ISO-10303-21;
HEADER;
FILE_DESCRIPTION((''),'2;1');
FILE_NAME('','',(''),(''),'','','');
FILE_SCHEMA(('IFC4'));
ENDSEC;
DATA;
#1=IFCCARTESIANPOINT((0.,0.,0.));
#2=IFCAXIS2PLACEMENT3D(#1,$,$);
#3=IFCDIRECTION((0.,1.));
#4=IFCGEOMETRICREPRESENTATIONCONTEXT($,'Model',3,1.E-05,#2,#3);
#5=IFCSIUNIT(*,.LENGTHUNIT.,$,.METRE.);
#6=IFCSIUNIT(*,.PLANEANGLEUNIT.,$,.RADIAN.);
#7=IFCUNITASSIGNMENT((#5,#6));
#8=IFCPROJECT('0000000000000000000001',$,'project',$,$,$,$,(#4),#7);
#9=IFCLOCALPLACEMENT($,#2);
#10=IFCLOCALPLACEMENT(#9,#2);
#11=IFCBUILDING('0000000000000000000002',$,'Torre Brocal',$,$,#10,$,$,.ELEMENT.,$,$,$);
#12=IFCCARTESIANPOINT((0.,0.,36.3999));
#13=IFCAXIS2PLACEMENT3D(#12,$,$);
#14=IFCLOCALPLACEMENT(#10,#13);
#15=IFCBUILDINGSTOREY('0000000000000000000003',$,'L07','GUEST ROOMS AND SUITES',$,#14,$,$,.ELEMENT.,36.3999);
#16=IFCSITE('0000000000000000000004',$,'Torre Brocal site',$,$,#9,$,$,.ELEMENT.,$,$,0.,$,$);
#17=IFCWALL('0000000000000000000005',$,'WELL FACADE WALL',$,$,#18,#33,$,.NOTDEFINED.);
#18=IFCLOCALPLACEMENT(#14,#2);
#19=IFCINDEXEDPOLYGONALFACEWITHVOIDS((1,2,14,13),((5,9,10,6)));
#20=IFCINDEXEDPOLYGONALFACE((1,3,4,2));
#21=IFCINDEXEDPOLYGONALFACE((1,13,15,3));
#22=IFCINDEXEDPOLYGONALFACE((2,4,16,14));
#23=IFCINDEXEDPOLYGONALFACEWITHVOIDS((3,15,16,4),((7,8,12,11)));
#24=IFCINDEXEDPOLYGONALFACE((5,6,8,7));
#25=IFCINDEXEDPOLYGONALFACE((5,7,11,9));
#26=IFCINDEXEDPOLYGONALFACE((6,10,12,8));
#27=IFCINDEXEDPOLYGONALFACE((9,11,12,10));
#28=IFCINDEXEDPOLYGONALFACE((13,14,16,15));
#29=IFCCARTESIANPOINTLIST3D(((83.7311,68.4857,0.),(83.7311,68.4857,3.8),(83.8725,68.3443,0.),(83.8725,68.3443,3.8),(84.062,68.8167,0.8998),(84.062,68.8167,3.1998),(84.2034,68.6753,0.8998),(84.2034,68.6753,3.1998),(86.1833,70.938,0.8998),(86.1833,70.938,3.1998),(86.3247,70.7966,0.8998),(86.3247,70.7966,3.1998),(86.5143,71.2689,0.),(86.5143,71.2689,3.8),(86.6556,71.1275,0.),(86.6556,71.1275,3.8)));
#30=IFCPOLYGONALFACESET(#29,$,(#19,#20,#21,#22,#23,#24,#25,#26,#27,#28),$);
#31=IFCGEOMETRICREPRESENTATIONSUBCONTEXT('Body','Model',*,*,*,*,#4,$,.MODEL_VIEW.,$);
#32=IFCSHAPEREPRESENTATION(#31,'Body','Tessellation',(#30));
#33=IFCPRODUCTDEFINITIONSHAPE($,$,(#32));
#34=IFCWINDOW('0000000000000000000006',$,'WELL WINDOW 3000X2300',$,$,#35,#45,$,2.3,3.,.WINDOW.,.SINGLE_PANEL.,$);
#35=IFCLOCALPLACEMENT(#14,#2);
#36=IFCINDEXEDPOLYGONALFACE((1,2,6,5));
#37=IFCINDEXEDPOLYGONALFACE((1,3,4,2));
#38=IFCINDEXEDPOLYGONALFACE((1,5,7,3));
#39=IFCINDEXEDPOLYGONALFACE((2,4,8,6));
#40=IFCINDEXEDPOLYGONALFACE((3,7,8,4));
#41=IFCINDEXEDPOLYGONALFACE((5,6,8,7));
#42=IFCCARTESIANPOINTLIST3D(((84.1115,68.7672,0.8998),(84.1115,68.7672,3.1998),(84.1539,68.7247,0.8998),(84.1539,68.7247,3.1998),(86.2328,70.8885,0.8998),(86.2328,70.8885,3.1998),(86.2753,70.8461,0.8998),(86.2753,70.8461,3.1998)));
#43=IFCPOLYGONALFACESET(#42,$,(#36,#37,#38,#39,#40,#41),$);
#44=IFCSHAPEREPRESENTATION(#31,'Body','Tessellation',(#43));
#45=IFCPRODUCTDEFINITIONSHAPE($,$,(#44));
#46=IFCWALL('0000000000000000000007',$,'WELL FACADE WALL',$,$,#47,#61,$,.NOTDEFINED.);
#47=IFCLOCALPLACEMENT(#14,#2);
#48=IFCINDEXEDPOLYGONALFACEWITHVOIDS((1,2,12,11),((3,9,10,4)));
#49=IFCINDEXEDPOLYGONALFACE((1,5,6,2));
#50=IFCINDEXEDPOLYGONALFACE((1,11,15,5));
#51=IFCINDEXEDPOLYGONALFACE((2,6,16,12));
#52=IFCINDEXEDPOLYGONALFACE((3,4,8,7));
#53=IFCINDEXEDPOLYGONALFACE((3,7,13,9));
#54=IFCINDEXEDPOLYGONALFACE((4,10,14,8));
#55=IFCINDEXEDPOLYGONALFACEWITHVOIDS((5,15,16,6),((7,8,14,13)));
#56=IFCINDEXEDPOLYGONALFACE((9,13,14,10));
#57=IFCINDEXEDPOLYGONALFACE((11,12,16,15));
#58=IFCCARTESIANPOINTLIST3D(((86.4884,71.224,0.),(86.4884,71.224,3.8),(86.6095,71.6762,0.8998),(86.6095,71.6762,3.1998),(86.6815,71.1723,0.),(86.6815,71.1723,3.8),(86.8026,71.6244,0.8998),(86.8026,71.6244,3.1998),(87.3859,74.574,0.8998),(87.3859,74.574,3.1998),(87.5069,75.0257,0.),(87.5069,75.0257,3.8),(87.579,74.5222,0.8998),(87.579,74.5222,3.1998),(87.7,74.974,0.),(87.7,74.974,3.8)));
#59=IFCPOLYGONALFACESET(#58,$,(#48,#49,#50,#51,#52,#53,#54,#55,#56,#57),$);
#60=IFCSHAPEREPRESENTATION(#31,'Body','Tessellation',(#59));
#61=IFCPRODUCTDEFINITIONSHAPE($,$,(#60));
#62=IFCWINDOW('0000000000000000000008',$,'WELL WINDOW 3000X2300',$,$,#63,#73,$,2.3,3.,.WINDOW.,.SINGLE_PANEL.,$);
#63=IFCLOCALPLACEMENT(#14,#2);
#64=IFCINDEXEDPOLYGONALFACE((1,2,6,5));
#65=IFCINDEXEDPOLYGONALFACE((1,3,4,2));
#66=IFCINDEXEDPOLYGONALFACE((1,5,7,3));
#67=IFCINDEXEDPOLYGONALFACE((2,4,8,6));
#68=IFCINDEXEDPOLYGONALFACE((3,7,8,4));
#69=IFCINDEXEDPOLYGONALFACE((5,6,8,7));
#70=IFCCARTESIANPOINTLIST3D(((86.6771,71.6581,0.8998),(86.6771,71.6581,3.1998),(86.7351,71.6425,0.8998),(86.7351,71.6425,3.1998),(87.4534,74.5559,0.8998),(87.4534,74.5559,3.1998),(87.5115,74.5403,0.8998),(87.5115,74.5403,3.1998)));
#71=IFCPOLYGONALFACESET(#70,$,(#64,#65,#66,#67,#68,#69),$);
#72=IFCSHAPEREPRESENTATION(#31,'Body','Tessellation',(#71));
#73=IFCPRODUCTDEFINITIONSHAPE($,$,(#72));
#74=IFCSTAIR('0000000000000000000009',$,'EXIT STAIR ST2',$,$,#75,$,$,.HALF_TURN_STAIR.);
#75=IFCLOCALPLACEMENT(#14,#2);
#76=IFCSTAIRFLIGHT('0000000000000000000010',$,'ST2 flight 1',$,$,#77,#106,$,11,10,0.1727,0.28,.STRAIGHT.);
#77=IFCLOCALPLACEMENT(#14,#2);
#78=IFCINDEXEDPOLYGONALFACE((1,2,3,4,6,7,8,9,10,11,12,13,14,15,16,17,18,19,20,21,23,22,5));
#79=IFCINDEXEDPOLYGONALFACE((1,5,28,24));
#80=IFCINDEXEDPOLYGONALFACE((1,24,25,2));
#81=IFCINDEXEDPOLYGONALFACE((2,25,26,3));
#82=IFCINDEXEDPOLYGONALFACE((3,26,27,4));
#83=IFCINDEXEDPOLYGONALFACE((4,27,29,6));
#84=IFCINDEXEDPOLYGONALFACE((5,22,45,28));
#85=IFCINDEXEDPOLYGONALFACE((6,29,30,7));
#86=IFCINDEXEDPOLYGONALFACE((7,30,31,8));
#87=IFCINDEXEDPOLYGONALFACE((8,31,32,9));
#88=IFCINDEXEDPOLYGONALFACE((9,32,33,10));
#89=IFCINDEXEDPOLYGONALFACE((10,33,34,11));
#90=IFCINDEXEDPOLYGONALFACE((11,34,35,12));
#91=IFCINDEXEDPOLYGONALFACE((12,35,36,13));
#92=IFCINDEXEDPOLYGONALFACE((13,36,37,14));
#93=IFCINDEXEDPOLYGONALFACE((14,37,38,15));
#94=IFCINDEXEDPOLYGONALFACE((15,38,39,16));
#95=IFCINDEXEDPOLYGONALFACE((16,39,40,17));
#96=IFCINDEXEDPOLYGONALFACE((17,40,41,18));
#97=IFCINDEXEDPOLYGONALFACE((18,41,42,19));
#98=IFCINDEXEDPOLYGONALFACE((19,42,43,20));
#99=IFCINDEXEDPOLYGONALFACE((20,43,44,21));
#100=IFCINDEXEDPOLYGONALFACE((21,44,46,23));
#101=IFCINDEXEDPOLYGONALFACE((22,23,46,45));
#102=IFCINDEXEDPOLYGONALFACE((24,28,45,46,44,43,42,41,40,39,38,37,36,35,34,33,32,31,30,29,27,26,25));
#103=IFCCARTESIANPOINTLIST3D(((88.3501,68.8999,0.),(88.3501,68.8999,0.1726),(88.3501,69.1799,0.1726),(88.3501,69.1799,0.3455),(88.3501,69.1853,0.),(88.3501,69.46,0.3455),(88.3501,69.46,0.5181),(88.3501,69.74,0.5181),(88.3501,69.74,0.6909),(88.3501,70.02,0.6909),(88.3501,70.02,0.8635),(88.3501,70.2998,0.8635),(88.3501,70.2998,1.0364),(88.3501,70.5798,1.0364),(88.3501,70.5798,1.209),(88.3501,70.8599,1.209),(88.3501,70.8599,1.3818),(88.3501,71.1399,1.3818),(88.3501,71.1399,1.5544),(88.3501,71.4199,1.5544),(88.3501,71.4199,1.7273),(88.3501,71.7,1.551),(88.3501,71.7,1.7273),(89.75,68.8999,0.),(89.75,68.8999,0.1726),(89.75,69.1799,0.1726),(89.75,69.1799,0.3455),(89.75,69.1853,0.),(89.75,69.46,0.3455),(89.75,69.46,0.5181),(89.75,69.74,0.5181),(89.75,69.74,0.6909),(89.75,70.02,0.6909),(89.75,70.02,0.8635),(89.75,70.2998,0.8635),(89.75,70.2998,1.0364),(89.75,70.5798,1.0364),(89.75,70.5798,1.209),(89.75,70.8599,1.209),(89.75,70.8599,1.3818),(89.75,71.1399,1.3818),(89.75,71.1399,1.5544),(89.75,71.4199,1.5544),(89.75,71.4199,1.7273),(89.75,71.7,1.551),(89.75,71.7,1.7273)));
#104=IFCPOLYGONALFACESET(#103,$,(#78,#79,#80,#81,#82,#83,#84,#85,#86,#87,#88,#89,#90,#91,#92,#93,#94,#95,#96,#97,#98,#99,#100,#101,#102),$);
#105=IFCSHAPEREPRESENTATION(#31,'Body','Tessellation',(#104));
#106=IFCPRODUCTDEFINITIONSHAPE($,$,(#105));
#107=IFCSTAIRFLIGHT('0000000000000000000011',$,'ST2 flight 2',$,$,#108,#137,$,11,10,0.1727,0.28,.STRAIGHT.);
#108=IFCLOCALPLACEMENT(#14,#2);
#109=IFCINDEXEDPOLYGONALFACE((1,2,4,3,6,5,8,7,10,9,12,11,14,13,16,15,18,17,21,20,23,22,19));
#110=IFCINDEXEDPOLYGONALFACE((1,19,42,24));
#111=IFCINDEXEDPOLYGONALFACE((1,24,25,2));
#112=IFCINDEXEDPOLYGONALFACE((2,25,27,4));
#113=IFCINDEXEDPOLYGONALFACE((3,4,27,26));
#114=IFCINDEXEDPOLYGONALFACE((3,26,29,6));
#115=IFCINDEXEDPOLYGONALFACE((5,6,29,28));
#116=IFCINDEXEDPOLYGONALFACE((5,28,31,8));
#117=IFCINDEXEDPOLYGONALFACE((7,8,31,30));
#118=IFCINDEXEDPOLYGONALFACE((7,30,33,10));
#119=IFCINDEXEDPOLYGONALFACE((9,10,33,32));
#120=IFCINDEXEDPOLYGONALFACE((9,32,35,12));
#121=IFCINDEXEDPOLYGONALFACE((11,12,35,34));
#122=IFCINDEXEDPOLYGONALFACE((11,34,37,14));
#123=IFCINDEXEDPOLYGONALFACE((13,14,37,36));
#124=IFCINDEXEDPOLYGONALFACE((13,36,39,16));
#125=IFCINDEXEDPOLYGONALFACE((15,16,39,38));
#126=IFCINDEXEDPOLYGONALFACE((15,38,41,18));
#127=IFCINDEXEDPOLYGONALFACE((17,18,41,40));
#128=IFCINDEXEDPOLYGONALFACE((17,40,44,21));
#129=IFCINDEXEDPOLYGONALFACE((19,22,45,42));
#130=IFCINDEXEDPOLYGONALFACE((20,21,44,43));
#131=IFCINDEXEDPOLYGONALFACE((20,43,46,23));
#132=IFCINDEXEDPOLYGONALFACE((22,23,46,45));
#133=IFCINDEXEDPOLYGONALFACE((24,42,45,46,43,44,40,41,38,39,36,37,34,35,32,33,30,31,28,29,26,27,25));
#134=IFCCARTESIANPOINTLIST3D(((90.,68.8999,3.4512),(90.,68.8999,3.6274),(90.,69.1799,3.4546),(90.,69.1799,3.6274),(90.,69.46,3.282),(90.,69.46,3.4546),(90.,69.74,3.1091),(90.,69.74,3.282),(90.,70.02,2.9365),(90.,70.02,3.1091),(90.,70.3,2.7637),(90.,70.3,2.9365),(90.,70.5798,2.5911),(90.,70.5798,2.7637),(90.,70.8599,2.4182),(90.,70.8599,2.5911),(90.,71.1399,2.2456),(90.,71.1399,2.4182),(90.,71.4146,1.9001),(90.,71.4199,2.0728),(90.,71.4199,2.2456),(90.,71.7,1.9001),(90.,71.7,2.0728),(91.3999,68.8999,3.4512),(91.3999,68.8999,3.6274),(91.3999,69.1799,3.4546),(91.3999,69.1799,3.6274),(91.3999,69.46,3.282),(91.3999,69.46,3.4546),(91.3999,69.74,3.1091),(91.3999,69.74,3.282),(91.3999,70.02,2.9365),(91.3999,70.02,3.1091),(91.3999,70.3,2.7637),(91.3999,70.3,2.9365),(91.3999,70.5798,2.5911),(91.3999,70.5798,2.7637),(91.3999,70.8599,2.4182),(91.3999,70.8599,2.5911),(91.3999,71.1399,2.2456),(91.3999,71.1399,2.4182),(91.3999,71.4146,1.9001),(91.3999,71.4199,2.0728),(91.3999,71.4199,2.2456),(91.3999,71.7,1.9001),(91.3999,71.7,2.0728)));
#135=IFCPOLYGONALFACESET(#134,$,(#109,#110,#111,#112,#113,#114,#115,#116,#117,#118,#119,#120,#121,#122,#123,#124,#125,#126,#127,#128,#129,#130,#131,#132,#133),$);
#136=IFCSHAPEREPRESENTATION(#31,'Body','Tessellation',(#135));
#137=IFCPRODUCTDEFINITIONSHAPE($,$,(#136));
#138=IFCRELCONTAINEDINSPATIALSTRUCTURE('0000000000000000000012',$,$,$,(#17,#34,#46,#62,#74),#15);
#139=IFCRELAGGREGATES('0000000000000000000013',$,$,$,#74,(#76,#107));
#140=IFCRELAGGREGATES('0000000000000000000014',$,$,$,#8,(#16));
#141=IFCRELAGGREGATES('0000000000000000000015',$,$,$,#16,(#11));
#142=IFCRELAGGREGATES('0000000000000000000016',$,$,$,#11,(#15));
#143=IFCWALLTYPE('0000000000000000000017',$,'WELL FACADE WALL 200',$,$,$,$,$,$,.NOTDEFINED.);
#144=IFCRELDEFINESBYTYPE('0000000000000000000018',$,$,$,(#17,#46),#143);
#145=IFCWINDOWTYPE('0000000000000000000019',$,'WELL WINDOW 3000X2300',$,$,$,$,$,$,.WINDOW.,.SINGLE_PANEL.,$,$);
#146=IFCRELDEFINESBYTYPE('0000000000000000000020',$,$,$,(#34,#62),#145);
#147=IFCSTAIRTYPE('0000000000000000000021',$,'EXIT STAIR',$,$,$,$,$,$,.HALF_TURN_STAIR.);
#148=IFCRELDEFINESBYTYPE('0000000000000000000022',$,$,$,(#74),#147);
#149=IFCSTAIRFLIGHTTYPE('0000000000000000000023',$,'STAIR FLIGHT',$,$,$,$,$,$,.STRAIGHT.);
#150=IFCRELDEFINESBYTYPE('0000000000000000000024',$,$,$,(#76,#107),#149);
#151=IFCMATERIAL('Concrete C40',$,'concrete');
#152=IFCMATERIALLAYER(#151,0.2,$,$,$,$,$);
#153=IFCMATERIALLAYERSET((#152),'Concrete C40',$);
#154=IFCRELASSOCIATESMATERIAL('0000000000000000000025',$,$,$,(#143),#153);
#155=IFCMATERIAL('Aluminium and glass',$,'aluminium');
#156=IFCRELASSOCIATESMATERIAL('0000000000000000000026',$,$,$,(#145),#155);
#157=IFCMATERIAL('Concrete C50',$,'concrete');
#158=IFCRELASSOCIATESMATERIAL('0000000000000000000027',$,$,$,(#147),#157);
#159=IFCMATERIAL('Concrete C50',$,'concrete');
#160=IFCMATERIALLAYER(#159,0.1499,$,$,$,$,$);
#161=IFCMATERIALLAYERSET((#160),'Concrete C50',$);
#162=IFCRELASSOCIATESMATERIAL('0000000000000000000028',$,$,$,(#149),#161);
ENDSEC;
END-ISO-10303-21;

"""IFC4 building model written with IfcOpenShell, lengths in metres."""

from ifc_helpers import new_model, si_unit, direction, frame, frame_2d, origin, place, context, subcontext, project, spatial, polyline, rectangle, outline, extrude, material, layer, layer_set, type_object, element, fill, aggregate, save


model = new_model("IFC4")

# Units and contexts
model_context = context("Model", 3, precision=1e-05, world=origin(), true_north=direction((0.0, 1.0)))
body_context = subcontext(model_context, "Body", "Model", "MODEL_VIEW")
ifc_project = project(units=[si_unit("LENGTHUNIT", "METRE"), si_unit("PLANEANGLEUNIT", "RADIAN")], contexts=[model_context])

# Site, building, storey
site_placement = place(None, origin())
site = spatial("IfcSite", under=ifc_project, at=site_placement, Name="Torre Brocal site", CompositionType="ELEMENT", RefElevation=0.0)
building_placement = place(site_placement, origin())
building = spatial("IfcBuilding", under=site, at=building_placement, Name="Torre Brocal", CompositionType="ELEMENT")
storey_placement = place(building_placement, frame((0.0, 0.0, 36.3999)))
storey = spatial("IfcBuildingStorey", under=building, at=storey_placement, Name="L07", Description="GUEST ROOMS AND SUITES", CompositionType="ELEMENT", Elevation=36.3999)

# Walls, openings, windows
ifc_material_1 = material(Name="Concrete C40", Category="concrete")
ifc_layer_1 = layer(ifc_material_1, 0.2)
ifc_layer_set_1 = layer_set([ifc_layer_1], Name="Concrete C40")
wall_type_1 = type_object("IfcWallType", Name="WELL FACADE WALL 200", PredefinedType="NOTDEFINED", material=ifc_layer_set_1)
ifc_material_2 = material(Name="Aluminium and glass", Category="aluminium")
window_type = type_object("IfcWindowType", Name="WELL WINDOW 3000X2300", PartitioningType="SINGLE_PANEL", PredefinedType="WINDOW", material=ifc_material_2)
wall_1_placement = place(storey_placement, frame((83.8018, 68.415, 0.0), z_axis=(0.0, 0.0, 1.0), x_axis=(0.707107, 0.707107, 0.0)))
wall_1 = element("IfcWall", 1, at=wall_1_placement, inside=storey, type_object=wall_type_1, Name="WELL FACADE WALL", PredefinedType="NOTDEFINED", context=body_context, shape_type="SweptSolid", body=[
    extrude(rectangle(XDim=3.936, YDim=0.2, at=frame_2d((1.968, 0.0))), origin(), (0.0, 0.0, 1.0), 3.8),
])
opening_1_placement = place(wall_1_placement, frame((0.468, 0.0, 0.8999)))
opening_1 = element("IfcOpeningElement", 2, at=opening_1_placement, cuts=wall_1, PredefinedType="OPENING", context=body_context, shape_type="SweptSolid", body=[
    extrude(rectangle(XDim=3.0, YDim=2.3, at=frame_2d((1.5, 1.1499))), frame((0.0, 0.1099, 0.0), z_axis=(0.0, -1.0, 0.0), x_axis=(1.0, 0.0, 0.0)), (0.0, 0.0, 1.0), 0.22),
])
window_1_placement = place(opening_1_placement, origin())
window_1 = element("IfcWindow", 3, at=window_1_placement, inside=storey, type_object=window_type, Name="WELL WINDOW 3000X2300", OverallHeight=2.3, OverallWidth=3.0, PartitioningType="SINGLE_PANEL", PredefinedType="WINDOW", context=body_context, shape_type="SweptSolid", body=[
    extrude(rectangle(XDim=3.0, YDim=2.3, at=frame_2d((1.5, 1.1499))), frame((0.0, 0.03, 0.0), z_axis=(0.0, -1.0, 0.0), x_axis=(1.0, 0.0, 0.0)), (0.0, 0.0, 1.0), 0.0601),
])
fill(opening_1, window_1)
wall_2_placement = place(storey_placement, frame((86.585, 71.1982, 0.0), z_axis=(0.0, 0.0, 1.0), x_axis=(0.25879, 0.965934, 0.0)))
wall_2 = element("IfcWall", 4, at=wall_2_placement, inside=storey, type_object=wall_type_1, Name="WELL FACADE WALL", PredefinedType="NOTDEFINED", context=body_context, shape_type="SweptSolid", body=[
    extrude(rectangle(XDim=3.9358, YDim=0.2, at=frame_2d((1.9678, 0.0))), origin(), (0.0, 0.0, 1.0), 3.8),
])
opening_2_placement = place(wall_2_placement, frame((0.468, 0.0, 0.8999)))
opening_2 = element("IfcOpeningElement", 5, at=opening_2_placement, cuts=wall_2, PredefinedType="OPENING", context=body_context, shape_type="SweptSolid", body=[
    extrude(rectangle(XDim=3.0, YDim=2.3, at=frame_2d((1.5, 1.1499))), frame((0.0, 0.1099, 0.0), z_axis=(0.0, -1.0, 0.0), x_axis=(1.0, 0.0, 0.0)), (0.0, 0.0, 1.0), 0.22),
])
window_2_placement = place(opening_2_placement, origin())
window_2 = element("IfcWindow", 6, at=window_2_placement, inside=storey, type_object=window_type, Name="WELL WINDOW 3000X2300", OverallHeight=2.3, OverallWidth=3.0, PartitioningType="SINGLE_PANEL", PredefinedType="WINDOW", context=body_context, shape_type="SweptSolid", body=[
    extrude(rectangle(XDim=3.0, YDim=2.3, at=frame_2d((1.5, 1.1499))), frame((0.0, 0.03, 0.0), z_axis=(0.0, -1.0, 0.0), x_axis=(1.0, 0.0, 0.0)), (0.0, 0.0, 1.0), 0.0601),
])
fill(opening_2, window_2)

# Stair, stair flights
ifc_material_3 = material(Name="Concrete C50", Category="concrete")
stair_type = type_object("IfcStairType", Name="EXIT STAIR", PredefinedType="HALF_TURN_STAIR", material=ifc_material_3)
stair_placement = place(storey_placement, origin())
stair = element("IfcStair", 7, at=stair_placement, inside=storey, type_object=stair_type, Name="EXIT STAIR ST2", PredefinedType="HALF_TURN_STAIR")
ifc_material_4 = material(Name="Concrete C50", Category="concrete")
ifc_layer_2 = layer(ifc_material_4, 0.1499)
ifc_layer_set_2 = layer_set([ifc_layer_2], Name="Concrete C50")
stair_flight_type = type_object("IfcStairFlightType", Name="STAIR FLIGHT", PredefinedType="STRAIGHT", material=ifc_layer_set_2)
stair_flight_1_placement = place(storey_placement, frame((89.05, 68.8999, 0.0), z_axis=(0.0, 0.0, 1.0), x_axis=(0.0, 1.0, 0.0)))
stair_flight_1 = element("IfcStairFlight", 8, at=stair_flight_1_placement, type_object=stair_flight_type, Name="ST2 flight 1", NumberOfRisers=11, NumberOfTreads=10, PredefinedType="STRAIGHT", RiserHeight=0.1727, TreadLength=0.28, context=body_context, shape_type="SweptSolid", body=[
    extrude(outline(polyline([(0.0, 0.0), (0.0, 0.1726), (0.28, 0.1726), (0.28, 0.3455), (0.5601, 0.3455), (0.5601, 0.5181), (0.8401, 0.5181), (0.8401, 0.6909), (1.1201, 0.6909), (1.1201, 0.8635), (1.3999, 0.8635), (1.3999, 1.0364), (1.6799, 1.0364), (1.6799, 1.209), (1.96, 1.209), (1.96, 1.3818), (2.24, 1.3818), (2.24, 1.5544), (2.52, 1.5544), (2.52, 1.7273), (2.8, 1.7273), (2.8, 1.8999), (2.8, 1.551), (0.2854, 0.0), (0.0, 0.0)])), frame((0.0, 0.7, 0.0), z_axis=(0.0, -1.0, 0.0), x_axis=(1.0, 0.0, 0.0)), (0.0, 0.0, 1.0), 1.3999),
])
stair_flight_2_placement = place(storey_placement, frame((90.7, 71.7, 1.9001), z_axis=(0.0, 0.0, 1.0), x_axis=(0.0, -1.0, 0.0)))
stair_flight_2 = element("IfcStairFlight", 9, at=stair_flight_2_placement, type_object=stair_flight_type, Name="ST2 flight 2", NumberOfRisers=11, NumberOfTreads=10, PredefinedType="STRAIGHT", RiserHeight=0.1727, TreadLength=0.28, context=body_context, shape_type="SweptSolid", body=[
    extrude(outline(polyline([(0.0, 0.0), (0.0, 0.1726), (0.28, 0.1726), (0.28, 0.3455), (0.5601, 0.3455), (0.5601, 0.5181), (0.8401, 0.5181), (0.8401, 0.6909), (1.1201, 0.6909), (1.1201, 0.8635), (1.3999, 0.8635), (1.3999, 1.0364), (1.6799, 1.0364), (1.6799, 1.209), (1.96, 1.209), (1.96, 1.3818), (2.24, 1.3818), (2.24, 1.5544), (2.52, 1.5544), (2.52, 1.7273), (2.8, 1.7273), (2.8, 1.8999), (2.8, 1.551), (0.2854, 0.0), (0.0, 0.0)])), frame((0.0, 0.7, 0.0), z_axis=(0.0, -1.0, 0.0), x_axis=(1.0, 0.0, 0.0)), (0.0, 0.0, 1.0), 1.3999),
])
aggregate(stair, [stair_flight_1, stair_flight_2])

save(model, "model.ifc")
